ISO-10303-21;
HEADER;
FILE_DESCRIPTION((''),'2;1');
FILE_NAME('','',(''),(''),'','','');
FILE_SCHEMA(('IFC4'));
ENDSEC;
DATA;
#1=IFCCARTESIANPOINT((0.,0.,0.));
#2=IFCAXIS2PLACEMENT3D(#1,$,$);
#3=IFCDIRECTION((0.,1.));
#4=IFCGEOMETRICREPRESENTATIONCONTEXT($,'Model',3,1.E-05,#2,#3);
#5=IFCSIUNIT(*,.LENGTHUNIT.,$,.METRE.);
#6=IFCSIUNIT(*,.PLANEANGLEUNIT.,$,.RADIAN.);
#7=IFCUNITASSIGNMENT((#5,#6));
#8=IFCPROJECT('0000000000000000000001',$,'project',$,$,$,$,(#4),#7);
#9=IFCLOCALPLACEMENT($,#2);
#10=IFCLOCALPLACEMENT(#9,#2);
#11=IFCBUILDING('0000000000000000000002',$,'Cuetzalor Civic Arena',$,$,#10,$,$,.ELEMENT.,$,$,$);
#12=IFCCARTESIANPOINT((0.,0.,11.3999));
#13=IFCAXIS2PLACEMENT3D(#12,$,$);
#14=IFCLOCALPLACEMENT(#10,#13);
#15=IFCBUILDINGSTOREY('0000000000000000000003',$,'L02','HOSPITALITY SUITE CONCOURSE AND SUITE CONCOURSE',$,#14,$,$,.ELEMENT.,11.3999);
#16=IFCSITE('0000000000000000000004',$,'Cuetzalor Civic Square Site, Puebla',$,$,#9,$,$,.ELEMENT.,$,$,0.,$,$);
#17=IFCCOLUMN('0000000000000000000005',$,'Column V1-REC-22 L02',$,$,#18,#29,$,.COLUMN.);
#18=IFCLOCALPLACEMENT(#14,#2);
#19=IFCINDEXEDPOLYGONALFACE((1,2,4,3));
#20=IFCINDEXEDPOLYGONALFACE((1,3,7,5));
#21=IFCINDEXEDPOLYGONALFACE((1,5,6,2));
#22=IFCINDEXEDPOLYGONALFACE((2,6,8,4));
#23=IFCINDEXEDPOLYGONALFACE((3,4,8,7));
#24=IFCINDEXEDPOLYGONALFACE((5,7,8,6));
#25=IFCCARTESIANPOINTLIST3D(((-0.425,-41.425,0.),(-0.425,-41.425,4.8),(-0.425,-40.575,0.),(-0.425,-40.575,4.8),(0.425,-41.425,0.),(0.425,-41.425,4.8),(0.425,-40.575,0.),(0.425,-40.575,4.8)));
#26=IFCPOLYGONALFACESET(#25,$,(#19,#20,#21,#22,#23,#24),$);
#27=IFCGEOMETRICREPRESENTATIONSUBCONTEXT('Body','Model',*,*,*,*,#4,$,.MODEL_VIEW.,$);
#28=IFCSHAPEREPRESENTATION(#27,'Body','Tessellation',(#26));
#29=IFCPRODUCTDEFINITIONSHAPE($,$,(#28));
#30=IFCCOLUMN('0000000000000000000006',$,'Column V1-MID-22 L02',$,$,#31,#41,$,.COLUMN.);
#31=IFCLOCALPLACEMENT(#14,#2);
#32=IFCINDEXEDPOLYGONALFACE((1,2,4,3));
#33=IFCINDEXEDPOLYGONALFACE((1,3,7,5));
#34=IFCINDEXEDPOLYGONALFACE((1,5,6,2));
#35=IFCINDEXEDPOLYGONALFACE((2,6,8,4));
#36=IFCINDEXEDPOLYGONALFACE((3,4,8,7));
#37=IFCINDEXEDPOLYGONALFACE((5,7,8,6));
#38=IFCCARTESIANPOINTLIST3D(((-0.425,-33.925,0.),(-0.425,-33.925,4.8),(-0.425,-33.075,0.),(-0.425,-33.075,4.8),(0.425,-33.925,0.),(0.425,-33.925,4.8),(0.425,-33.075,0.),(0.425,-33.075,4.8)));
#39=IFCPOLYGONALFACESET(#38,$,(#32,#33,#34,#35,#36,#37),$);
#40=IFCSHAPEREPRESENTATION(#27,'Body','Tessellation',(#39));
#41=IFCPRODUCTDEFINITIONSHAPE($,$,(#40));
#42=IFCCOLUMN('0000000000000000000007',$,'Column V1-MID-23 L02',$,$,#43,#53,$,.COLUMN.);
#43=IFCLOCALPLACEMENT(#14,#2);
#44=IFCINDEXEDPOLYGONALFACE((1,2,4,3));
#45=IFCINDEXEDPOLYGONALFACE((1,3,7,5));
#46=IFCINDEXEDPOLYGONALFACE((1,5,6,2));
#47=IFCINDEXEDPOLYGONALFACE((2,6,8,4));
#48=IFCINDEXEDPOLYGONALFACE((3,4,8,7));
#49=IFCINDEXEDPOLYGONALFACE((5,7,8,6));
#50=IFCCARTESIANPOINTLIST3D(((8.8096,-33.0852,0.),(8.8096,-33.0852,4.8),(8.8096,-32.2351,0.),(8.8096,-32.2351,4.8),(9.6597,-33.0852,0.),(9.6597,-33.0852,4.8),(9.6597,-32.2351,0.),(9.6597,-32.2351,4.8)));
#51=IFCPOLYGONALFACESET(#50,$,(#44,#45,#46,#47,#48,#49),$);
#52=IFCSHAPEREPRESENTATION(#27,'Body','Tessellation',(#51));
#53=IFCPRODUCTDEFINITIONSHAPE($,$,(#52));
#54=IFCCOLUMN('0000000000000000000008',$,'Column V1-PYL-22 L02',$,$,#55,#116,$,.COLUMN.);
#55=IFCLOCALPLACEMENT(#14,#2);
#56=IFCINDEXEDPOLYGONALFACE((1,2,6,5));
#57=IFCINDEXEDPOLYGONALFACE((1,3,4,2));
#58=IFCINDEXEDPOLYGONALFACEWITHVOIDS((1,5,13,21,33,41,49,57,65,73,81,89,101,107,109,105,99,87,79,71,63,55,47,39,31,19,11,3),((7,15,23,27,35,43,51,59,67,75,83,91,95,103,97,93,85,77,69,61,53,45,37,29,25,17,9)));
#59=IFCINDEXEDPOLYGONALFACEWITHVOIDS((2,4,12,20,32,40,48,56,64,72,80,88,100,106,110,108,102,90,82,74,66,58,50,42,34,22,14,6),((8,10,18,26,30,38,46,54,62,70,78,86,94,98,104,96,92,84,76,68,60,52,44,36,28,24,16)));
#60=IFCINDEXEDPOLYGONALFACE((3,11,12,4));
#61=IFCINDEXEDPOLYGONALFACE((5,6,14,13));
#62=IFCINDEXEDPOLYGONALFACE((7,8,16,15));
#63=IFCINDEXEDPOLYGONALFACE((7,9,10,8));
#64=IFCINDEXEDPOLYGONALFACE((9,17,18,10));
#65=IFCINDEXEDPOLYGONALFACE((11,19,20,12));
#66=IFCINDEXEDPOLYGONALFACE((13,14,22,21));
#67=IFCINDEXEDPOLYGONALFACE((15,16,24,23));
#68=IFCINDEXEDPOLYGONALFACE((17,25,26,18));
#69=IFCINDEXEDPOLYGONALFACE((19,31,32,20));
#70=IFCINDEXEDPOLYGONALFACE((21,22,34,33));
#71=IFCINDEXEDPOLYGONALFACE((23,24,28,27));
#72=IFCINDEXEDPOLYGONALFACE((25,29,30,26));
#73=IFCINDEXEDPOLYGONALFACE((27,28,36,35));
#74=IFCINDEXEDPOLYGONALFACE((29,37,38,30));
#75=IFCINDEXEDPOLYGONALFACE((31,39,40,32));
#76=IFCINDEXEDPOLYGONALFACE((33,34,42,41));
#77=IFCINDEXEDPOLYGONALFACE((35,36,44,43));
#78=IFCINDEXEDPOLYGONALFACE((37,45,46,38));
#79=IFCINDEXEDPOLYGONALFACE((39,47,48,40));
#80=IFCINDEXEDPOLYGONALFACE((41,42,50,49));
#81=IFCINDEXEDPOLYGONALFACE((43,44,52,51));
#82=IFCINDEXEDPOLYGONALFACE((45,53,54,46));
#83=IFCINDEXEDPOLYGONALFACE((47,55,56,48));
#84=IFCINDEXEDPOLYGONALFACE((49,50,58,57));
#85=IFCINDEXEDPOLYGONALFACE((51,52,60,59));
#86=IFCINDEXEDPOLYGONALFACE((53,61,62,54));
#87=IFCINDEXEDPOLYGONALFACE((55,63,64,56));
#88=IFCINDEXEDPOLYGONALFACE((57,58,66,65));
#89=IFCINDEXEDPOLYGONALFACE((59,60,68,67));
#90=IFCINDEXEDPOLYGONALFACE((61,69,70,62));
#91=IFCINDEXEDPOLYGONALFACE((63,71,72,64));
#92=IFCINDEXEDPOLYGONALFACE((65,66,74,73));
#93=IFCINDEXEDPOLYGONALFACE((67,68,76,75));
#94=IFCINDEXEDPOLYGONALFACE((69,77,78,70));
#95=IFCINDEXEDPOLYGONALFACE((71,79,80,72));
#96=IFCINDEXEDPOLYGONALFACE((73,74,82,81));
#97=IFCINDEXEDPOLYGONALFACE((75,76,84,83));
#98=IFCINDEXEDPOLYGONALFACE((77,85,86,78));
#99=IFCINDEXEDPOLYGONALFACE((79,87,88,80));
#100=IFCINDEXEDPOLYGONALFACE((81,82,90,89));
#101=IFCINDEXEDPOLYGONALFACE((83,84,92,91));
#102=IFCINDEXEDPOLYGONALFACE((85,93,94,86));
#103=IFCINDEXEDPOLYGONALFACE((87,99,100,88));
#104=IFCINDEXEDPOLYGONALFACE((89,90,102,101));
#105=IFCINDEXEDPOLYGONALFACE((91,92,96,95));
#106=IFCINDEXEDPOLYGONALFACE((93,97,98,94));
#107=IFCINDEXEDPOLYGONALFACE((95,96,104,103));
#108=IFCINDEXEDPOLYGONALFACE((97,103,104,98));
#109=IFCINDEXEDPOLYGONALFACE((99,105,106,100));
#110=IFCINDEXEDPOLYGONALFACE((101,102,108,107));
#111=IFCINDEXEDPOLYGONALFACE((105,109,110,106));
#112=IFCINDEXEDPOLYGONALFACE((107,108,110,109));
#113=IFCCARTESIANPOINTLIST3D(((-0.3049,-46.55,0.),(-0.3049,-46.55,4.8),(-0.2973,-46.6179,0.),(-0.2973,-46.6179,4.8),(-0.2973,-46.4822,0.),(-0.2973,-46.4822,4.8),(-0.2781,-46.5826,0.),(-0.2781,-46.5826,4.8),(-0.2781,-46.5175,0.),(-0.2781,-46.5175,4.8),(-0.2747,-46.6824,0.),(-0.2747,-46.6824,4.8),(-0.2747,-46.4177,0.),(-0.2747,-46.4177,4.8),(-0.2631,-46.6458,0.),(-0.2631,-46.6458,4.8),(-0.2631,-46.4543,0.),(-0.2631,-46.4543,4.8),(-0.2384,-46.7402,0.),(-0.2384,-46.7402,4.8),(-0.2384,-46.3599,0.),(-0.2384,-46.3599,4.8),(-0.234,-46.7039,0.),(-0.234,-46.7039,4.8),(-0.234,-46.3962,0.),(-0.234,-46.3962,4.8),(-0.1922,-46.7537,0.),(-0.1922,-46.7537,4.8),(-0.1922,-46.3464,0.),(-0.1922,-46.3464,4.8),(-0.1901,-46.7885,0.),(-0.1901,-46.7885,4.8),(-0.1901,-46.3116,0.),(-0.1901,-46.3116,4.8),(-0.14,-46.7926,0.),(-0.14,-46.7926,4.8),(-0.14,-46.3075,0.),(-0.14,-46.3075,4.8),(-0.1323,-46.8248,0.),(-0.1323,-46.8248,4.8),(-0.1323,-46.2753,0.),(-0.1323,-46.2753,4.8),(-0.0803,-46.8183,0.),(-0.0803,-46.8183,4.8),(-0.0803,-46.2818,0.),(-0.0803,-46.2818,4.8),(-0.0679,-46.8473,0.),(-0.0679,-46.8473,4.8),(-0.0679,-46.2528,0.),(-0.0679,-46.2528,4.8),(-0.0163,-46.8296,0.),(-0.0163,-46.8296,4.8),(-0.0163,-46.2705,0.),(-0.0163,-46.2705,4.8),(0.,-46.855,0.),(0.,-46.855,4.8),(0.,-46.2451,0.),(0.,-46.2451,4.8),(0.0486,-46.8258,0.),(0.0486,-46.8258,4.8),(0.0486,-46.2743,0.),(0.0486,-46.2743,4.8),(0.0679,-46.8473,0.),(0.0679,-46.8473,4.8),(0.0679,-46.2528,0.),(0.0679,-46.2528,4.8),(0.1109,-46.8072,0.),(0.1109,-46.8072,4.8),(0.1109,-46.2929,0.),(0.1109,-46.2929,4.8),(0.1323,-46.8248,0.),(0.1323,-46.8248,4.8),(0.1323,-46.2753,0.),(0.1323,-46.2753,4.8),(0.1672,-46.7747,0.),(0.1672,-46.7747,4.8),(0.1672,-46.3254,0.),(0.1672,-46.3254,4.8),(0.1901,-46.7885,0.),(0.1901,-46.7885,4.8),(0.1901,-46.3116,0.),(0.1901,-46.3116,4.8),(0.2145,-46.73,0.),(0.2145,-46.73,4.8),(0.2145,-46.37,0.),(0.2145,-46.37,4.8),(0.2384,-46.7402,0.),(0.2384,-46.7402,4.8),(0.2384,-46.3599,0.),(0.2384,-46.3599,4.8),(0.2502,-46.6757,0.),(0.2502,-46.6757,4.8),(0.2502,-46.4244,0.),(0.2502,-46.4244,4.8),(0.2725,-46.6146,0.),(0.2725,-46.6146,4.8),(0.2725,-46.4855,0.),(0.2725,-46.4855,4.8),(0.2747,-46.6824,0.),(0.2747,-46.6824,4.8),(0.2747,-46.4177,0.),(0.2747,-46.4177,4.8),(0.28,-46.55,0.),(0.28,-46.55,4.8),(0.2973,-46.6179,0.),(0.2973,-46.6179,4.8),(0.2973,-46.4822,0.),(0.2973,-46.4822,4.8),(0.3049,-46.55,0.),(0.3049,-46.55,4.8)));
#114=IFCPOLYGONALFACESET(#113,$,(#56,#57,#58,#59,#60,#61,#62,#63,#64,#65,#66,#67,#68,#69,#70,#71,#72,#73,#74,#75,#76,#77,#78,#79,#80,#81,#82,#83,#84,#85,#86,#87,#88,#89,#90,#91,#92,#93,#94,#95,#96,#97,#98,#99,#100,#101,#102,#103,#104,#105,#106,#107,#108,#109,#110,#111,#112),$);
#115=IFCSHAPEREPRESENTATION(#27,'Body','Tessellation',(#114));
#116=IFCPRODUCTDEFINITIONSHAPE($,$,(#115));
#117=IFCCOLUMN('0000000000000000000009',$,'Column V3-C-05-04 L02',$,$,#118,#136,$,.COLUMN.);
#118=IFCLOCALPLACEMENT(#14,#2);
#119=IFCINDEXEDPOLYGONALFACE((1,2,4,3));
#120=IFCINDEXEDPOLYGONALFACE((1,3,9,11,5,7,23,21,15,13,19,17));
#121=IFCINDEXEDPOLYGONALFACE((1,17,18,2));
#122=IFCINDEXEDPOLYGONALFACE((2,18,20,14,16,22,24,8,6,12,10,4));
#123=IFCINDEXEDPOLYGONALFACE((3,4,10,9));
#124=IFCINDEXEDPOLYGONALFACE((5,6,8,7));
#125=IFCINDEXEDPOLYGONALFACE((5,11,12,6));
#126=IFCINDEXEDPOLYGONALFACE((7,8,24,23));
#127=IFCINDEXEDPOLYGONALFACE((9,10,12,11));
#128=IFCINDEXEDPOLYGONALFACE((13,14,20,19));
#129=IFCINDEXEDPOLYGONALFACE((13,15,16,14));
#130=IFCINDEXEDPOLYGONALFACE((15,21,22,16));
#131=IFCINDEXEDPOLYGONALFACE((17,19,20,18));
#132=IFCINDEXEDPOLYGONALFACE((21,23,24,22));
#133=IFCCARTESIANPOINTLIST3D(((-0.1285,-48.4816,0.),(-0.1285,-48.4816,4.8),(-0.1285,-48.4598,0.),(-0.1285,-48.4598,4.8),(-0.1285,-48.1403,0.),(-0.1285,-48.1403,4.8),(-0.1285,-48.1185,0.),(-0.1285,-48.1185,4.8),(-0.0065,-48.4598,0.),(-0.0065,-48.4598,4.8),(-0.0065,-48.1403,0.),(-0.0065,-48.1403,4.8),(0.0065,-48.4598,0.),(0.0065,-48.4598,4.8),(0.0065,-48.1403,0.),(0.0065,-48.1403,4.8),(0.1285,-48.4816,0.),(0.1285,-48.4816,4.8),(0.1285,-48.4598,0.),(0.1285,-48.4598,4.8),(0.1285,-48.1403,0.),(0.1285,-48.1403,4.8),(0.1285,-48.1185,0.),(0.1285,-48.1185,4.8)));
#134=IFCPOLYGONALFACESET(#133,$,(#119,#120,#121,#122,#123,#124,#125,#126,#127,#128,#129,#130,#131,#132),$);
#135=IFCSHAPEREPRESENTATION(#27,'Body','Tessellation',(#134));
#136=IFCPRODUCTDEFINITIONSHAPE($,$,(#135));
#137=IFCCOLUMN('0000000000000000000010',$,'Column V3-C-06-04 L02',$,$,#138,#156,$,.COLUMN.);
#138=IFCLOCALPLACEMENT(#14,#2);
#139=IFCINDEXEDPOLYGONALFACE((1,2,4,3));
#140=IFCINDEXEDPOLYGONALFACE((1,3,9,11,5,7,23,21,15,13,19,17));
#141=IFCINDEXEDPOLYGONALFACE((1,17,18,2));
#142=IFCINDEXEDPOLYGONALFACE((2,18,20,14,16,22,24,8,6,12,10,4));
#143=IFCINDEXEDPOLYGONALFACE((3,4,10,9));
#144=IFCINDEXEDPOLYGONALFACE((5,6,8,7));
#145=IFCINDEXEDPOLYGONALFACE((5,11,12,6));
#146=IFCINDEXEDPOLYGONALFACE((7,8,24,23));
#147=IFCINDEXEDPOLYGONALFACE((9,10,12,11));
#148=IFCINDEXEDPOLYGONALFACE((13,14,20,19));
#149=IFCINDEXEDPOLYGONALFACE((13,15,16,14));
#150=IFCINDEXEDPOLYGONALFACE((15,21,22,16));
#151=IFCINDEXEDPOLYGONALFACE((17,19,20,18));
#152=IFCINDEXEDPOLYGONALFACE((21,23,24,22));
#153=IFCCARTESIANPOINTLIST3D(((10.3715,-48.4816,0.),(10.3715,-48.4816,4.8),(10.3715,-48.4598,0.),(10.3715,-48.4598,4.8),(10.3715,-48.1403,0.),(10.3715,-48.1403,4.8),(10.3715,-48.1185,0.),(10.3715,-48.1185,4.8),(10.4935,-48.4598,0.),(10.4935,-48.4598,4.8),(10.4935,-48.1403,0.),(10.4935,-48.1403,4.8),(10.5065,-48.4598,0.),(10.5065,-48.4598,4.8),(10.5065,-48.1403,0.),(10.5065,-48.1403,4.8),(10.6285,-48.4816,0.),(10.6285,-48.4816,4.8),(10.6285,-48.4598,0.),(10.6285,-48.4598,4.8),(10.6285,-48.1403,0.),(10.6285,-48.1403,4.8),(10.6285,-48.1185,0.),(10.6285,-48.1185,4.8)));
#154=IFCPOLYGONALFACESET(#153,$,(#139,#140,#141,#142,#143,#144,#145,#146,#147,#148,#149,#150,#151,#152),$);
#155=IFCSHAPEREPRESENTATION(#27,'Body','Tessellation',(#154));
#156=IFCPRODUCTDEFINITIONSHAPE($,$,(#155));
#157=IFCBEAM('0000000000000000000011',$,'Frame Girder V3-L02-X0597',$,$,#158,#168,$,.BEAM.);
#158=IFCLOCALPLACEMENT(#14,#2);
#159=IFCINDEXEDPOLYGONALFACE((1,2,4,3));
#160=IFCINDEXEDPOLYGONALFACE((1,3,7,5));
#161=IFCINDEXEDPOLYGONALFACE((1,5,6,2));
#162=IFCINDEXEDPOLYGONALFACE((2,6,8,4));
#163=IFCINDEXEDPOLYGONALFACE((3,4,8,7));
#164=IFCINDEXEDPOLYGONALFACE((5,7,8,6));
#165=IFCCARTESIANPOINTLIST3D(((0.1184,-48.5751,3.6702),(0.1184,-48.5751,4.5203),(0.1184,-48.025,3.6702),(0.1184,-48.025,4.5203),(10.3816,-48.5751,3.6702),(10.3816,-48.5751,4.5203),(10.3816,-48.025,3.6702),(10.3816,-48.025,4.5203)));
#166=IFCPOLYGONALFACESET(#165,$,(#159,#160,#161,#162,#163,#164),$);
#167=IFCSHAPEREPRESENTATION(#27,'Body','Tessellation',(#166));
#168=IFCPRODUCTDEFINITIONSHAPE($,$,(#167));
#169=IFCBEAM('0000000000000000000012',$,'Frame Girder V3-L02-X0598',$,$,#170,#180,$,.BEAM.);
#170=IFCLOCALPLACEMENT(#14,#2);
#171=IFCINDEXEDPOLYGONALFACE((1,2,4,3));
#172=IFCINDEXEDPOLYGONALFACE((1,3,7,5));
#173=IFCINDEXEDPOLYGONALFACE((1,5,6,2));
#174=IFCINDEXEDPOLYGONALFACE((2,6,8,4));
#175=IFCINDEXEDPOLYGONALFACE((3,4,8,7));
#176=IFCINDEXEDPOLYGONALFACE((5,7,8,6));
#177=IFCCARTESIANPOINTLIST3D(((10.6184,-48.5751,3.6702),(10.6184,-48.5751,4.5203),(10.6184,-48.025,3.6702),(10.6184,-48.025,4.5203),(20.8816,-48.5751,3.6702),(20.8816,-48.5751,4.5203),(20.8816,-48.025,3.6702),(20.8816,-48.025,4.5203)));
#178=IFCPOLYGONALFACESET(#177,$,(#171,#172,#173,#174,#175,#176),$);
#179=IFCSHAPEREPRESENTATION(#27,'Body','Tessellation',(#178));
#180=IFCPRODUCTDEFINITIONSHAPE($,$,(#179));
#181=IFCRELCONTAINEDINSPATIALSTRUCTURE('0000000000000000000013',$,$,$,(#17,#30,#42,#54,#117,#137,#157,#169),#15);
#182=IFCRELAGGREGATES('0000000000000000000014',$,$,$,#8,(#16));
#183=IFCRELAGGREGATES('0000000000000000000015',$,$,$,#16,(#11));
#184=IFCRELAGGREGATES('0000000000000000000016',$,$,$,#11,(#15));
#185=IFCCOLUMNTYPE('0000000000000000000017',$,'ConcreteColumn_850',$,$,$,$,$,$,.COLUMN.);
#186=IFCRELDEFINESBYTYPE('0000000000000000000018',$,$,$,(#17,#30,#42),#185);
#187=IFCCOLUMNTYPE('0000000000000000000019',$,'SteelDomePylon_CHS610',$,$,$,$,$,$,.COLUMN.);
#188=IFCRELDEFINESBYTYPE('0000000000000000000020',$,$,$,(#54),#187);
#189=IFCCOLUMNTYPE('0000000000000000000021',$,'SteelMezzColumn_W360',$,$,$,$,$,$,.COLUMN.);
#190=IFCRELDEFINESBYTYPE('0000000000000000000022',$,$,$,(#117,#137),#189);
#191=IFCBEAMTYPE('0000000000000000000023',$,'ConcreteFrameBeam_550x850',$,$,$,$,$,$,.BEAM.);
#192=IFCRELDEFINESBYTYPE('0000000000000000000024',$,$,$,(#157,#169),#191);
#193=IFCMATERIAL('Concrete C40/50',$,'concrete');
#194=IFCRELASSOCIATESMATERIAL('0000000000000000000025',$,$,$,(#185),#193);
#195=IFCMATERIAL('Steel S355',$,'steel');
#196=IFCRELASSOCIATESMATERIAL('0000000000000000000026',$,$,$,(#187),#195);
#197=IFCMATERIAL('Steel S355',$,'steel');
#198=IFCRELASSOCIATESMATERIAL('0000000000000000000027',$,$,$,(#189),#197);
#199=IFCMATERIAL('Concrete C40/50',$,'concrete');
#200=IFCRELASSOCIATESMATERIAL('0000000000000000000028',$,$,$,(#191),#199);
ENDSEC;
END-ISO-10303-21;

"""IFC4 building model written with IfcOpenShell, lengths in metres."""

from ifc_helpers import new_model, si_unit, direction, frame, origin, origin_2d, place, context, subcontext, project, spatial, rectangle, hollow_circle, i_section, extrude, material, material_profile, profile_set, type_object, element, save


model = new_model("IFC4")

# Units and contexts
model_context = context("Model", 3, precision=1e-05, world=origin(), true_north=direction((0.0, 1.0)))
body_context = subcontext(model_context, "Body", "Model", "MODEL_VIEW")
ifc_project = project(units=[si_unit("LENGTHUNIT", "METRE"), si_unit("PLANEANGLEUNIT", "RADIAN")], contexts=[model_context])

# Site, building, storey
site_placement = place(None, origin())
site = spatial("IfcSite", under=ifc_project, at=site_placement, Name="Cuetzalor Civic Square Site, Puebla", CompositionType="ELEMENT", RefElevation=0.0)
building_placement = place(site_placement, origin())
building = spatial("IfcBuilding", under=site, at=building_placement, Name="Cuetzalor Civic Arena", CompositionType="ELEMENT")
storey_placement = place(building_placement, frame((0.0, 0.0, 11.3999)))
storey = spatial("IfcBuildingStorey", under=building, at=storey_placement, Name="L02", Description="HOSPITALITY SUITE CONCOURSE AND SUITE CONCOURSE", CompositionType="ELEMENT", Elevation=11.3999)

# Columns
ifc_material_1 = material(Name="Concrete C40/50", Category="concrete")
ifc_material_profile_1 = material_profile(ifc_material_1, rectangle(XDim=0.8501, YDim=0.8501, at=origin_2d()), Name="RC 850x850")
ifc_profile_set_1 = profile_set([ifc_material_profile_1], Name="Concrete C40/50")
column_type_1 = type_object("IfcColumnType", Name="ConcreteColumn_850", PredefinedType="COLUMN", material=ifc_profile_set_1)
for number, where, z_axis, x_axis, name in (
    (1, (0.0, -41.0, 0.0), (0.0, 0.0, 1.0), (1.0, 0.0, 0.0), "Column V1-REC-22 L02"),
    (2, (0.0, -33.5, 0.0), (0.0, 0.0, 1.0), (1.0, 0.0, 0.0), "Column V1-MID-22 L02"),
    (3, (9.2346, -32.6602, 0.0), (0.0, 0.0, 1.0), (1.0, 0.0, 0.0), "Column V1-MID-23 L02"),
):
    element("IfcColumn", number, at=place(storey_placement, frame(where, z_axis=z_axis, x_axis=x_axis)), inside=storey, type_object=column_type_1, Name=name, PredefinedType="COLUMN", context=body_context, shape_type="SweptSolid", body=[
        extrude(rectangle(XDim=0.8501, YDim=0.8501, at=origin_2d()), origin(), (0.0, 0.0, 1.0), 4.8),
    ])
ifc_material_2 = material(Name="Steel S355", Category="steel")
ifc_material_profile_2 = material_profile(ifc_material_2, hollow_circle(Radius=0.3049, WallThickness=0.0249, at=origin_2d()), Name="CHS 610x25")
ifc_profile_set_2 = profile_set([ifc_material_profile_2], Name="Steel S355")
column_type_2 = type_object("IfcColumnType", Name="SteelDomePylon_CHS610", PredefinedType="COLUMN", material=ifc_profile_set_2)
column_placement = place(storey_placement, frame((0.0, -46.55, 0.0), z_axis=(0.0, 0.0, 1.0), x_axis=(1.0, 0.0, 0.0)))
element("IfcColumn", 4, at=column_placement, inside=storey, type_object=column_type_2, Name="Column V1-PYL-22 L02", PredefinedType="COLUMN", context=body_context, shape_type="SweptSolid", body=[
    extrude(hollow_circle(Radius=0.3049, WallThickness=0.0249, at=origin_2d()), origin(), (0.0, 0.0, 1.0), 4.8),
])
ifc_material_3 = material(Name="Steel S355", Category="steel")
ifc_material_profile_3 = material_profile(ifc_material_3, i_section(OverallWidth=0.2571, OverallDepth=0.363, WebThickness=0.0129, FlangeThickness=0.0217, at=origin_2d()), Name="W360x122")
ifc_profile_set_3 = profile_set([ifc_material_profile_3], Name="Steel S355")
column_type_3 = type_object("IfcColumnType", Name="SteelMezzColumn_W360", PredefinedType="COLUMN", material=ifc_profile_set_3)
for number, where, z_axis, x_axis, name in (
    (5, (0.0, -48.3, 0.0), (0.0, 0.0, 1.0), (1.0, 0.0, 0.0), "Column V3-C-05-04 L02"),
    (6, (10.5, -48.3, 0.0), (0.0, 0.0, 1.0), (1.0, 0.0, 0.0), "Column V3-C-06-04 L02"),
):
    element("IfcColumn", number, at=place(storey_placement, frame(where, z_axis=z_axis, x_axis=x_axis)), inside=storey, type_object=column_type_3, Name=name, PredefinedType="COLUMN", context=body_context, shape_type="SweptSolid", body=[
        extrude(i_section(OverallWidth=0.2571, OverallDepth=0.363, WebThickness=0.0129, FlangeThickness=0.0217, at=origin_2d()), origin(), (0.0, 0.0, 1.0), 4.8),
    ])

# Beams
ifc_material_4 = material(Name="Concrete C40/50", Category="concrete")
ifc_material_profile_4 = material_profile(ifc_material_4, rectangle(XDim=0.55, YDim=0.8501, at=origin_2d()), Name="RC 550x850")
ifc_profile_set_4 = profile_set([ifc_material_profile_4], Name="Concrete C40/50")
beam_type_1 = type_object("IfcBeamType", Name="ConcreteFrameBeam_550x850", PredefinedType="BEAM", material=ifc_profile_set_4)
for number, where, z_axis, x_axis, name in (
    (7, (0.1184, -48.3, 4.0952), (1.0, 0.0, 0.0), (0.0, 1.0, 0.0), "Frame Girder V3-L02-X0597"),
    (8, (10.6184, -48.3, 4.0952), (1.0, 0.0, 0.0), (0.0, 1.0, 0.0), "Frame Girder V3-L02-X0598"),
):
    element("IfcBeam", number, at=place(storey_placement, frame(where, z_axis=z_axis, x_axis=x_axis)), inside=storey, type_object=beam_type_1, Name=name, PredefinedType="BEAM", context=body_context, shape_type="SweptSolid", body=[
        extrude(rectangle(XDim=0.55, YDim=0.8501, at=origin_2d()), origin(), (0.0, 0.0, 1.0), 10.2632),
    ])

save(model, "model.ifc")
